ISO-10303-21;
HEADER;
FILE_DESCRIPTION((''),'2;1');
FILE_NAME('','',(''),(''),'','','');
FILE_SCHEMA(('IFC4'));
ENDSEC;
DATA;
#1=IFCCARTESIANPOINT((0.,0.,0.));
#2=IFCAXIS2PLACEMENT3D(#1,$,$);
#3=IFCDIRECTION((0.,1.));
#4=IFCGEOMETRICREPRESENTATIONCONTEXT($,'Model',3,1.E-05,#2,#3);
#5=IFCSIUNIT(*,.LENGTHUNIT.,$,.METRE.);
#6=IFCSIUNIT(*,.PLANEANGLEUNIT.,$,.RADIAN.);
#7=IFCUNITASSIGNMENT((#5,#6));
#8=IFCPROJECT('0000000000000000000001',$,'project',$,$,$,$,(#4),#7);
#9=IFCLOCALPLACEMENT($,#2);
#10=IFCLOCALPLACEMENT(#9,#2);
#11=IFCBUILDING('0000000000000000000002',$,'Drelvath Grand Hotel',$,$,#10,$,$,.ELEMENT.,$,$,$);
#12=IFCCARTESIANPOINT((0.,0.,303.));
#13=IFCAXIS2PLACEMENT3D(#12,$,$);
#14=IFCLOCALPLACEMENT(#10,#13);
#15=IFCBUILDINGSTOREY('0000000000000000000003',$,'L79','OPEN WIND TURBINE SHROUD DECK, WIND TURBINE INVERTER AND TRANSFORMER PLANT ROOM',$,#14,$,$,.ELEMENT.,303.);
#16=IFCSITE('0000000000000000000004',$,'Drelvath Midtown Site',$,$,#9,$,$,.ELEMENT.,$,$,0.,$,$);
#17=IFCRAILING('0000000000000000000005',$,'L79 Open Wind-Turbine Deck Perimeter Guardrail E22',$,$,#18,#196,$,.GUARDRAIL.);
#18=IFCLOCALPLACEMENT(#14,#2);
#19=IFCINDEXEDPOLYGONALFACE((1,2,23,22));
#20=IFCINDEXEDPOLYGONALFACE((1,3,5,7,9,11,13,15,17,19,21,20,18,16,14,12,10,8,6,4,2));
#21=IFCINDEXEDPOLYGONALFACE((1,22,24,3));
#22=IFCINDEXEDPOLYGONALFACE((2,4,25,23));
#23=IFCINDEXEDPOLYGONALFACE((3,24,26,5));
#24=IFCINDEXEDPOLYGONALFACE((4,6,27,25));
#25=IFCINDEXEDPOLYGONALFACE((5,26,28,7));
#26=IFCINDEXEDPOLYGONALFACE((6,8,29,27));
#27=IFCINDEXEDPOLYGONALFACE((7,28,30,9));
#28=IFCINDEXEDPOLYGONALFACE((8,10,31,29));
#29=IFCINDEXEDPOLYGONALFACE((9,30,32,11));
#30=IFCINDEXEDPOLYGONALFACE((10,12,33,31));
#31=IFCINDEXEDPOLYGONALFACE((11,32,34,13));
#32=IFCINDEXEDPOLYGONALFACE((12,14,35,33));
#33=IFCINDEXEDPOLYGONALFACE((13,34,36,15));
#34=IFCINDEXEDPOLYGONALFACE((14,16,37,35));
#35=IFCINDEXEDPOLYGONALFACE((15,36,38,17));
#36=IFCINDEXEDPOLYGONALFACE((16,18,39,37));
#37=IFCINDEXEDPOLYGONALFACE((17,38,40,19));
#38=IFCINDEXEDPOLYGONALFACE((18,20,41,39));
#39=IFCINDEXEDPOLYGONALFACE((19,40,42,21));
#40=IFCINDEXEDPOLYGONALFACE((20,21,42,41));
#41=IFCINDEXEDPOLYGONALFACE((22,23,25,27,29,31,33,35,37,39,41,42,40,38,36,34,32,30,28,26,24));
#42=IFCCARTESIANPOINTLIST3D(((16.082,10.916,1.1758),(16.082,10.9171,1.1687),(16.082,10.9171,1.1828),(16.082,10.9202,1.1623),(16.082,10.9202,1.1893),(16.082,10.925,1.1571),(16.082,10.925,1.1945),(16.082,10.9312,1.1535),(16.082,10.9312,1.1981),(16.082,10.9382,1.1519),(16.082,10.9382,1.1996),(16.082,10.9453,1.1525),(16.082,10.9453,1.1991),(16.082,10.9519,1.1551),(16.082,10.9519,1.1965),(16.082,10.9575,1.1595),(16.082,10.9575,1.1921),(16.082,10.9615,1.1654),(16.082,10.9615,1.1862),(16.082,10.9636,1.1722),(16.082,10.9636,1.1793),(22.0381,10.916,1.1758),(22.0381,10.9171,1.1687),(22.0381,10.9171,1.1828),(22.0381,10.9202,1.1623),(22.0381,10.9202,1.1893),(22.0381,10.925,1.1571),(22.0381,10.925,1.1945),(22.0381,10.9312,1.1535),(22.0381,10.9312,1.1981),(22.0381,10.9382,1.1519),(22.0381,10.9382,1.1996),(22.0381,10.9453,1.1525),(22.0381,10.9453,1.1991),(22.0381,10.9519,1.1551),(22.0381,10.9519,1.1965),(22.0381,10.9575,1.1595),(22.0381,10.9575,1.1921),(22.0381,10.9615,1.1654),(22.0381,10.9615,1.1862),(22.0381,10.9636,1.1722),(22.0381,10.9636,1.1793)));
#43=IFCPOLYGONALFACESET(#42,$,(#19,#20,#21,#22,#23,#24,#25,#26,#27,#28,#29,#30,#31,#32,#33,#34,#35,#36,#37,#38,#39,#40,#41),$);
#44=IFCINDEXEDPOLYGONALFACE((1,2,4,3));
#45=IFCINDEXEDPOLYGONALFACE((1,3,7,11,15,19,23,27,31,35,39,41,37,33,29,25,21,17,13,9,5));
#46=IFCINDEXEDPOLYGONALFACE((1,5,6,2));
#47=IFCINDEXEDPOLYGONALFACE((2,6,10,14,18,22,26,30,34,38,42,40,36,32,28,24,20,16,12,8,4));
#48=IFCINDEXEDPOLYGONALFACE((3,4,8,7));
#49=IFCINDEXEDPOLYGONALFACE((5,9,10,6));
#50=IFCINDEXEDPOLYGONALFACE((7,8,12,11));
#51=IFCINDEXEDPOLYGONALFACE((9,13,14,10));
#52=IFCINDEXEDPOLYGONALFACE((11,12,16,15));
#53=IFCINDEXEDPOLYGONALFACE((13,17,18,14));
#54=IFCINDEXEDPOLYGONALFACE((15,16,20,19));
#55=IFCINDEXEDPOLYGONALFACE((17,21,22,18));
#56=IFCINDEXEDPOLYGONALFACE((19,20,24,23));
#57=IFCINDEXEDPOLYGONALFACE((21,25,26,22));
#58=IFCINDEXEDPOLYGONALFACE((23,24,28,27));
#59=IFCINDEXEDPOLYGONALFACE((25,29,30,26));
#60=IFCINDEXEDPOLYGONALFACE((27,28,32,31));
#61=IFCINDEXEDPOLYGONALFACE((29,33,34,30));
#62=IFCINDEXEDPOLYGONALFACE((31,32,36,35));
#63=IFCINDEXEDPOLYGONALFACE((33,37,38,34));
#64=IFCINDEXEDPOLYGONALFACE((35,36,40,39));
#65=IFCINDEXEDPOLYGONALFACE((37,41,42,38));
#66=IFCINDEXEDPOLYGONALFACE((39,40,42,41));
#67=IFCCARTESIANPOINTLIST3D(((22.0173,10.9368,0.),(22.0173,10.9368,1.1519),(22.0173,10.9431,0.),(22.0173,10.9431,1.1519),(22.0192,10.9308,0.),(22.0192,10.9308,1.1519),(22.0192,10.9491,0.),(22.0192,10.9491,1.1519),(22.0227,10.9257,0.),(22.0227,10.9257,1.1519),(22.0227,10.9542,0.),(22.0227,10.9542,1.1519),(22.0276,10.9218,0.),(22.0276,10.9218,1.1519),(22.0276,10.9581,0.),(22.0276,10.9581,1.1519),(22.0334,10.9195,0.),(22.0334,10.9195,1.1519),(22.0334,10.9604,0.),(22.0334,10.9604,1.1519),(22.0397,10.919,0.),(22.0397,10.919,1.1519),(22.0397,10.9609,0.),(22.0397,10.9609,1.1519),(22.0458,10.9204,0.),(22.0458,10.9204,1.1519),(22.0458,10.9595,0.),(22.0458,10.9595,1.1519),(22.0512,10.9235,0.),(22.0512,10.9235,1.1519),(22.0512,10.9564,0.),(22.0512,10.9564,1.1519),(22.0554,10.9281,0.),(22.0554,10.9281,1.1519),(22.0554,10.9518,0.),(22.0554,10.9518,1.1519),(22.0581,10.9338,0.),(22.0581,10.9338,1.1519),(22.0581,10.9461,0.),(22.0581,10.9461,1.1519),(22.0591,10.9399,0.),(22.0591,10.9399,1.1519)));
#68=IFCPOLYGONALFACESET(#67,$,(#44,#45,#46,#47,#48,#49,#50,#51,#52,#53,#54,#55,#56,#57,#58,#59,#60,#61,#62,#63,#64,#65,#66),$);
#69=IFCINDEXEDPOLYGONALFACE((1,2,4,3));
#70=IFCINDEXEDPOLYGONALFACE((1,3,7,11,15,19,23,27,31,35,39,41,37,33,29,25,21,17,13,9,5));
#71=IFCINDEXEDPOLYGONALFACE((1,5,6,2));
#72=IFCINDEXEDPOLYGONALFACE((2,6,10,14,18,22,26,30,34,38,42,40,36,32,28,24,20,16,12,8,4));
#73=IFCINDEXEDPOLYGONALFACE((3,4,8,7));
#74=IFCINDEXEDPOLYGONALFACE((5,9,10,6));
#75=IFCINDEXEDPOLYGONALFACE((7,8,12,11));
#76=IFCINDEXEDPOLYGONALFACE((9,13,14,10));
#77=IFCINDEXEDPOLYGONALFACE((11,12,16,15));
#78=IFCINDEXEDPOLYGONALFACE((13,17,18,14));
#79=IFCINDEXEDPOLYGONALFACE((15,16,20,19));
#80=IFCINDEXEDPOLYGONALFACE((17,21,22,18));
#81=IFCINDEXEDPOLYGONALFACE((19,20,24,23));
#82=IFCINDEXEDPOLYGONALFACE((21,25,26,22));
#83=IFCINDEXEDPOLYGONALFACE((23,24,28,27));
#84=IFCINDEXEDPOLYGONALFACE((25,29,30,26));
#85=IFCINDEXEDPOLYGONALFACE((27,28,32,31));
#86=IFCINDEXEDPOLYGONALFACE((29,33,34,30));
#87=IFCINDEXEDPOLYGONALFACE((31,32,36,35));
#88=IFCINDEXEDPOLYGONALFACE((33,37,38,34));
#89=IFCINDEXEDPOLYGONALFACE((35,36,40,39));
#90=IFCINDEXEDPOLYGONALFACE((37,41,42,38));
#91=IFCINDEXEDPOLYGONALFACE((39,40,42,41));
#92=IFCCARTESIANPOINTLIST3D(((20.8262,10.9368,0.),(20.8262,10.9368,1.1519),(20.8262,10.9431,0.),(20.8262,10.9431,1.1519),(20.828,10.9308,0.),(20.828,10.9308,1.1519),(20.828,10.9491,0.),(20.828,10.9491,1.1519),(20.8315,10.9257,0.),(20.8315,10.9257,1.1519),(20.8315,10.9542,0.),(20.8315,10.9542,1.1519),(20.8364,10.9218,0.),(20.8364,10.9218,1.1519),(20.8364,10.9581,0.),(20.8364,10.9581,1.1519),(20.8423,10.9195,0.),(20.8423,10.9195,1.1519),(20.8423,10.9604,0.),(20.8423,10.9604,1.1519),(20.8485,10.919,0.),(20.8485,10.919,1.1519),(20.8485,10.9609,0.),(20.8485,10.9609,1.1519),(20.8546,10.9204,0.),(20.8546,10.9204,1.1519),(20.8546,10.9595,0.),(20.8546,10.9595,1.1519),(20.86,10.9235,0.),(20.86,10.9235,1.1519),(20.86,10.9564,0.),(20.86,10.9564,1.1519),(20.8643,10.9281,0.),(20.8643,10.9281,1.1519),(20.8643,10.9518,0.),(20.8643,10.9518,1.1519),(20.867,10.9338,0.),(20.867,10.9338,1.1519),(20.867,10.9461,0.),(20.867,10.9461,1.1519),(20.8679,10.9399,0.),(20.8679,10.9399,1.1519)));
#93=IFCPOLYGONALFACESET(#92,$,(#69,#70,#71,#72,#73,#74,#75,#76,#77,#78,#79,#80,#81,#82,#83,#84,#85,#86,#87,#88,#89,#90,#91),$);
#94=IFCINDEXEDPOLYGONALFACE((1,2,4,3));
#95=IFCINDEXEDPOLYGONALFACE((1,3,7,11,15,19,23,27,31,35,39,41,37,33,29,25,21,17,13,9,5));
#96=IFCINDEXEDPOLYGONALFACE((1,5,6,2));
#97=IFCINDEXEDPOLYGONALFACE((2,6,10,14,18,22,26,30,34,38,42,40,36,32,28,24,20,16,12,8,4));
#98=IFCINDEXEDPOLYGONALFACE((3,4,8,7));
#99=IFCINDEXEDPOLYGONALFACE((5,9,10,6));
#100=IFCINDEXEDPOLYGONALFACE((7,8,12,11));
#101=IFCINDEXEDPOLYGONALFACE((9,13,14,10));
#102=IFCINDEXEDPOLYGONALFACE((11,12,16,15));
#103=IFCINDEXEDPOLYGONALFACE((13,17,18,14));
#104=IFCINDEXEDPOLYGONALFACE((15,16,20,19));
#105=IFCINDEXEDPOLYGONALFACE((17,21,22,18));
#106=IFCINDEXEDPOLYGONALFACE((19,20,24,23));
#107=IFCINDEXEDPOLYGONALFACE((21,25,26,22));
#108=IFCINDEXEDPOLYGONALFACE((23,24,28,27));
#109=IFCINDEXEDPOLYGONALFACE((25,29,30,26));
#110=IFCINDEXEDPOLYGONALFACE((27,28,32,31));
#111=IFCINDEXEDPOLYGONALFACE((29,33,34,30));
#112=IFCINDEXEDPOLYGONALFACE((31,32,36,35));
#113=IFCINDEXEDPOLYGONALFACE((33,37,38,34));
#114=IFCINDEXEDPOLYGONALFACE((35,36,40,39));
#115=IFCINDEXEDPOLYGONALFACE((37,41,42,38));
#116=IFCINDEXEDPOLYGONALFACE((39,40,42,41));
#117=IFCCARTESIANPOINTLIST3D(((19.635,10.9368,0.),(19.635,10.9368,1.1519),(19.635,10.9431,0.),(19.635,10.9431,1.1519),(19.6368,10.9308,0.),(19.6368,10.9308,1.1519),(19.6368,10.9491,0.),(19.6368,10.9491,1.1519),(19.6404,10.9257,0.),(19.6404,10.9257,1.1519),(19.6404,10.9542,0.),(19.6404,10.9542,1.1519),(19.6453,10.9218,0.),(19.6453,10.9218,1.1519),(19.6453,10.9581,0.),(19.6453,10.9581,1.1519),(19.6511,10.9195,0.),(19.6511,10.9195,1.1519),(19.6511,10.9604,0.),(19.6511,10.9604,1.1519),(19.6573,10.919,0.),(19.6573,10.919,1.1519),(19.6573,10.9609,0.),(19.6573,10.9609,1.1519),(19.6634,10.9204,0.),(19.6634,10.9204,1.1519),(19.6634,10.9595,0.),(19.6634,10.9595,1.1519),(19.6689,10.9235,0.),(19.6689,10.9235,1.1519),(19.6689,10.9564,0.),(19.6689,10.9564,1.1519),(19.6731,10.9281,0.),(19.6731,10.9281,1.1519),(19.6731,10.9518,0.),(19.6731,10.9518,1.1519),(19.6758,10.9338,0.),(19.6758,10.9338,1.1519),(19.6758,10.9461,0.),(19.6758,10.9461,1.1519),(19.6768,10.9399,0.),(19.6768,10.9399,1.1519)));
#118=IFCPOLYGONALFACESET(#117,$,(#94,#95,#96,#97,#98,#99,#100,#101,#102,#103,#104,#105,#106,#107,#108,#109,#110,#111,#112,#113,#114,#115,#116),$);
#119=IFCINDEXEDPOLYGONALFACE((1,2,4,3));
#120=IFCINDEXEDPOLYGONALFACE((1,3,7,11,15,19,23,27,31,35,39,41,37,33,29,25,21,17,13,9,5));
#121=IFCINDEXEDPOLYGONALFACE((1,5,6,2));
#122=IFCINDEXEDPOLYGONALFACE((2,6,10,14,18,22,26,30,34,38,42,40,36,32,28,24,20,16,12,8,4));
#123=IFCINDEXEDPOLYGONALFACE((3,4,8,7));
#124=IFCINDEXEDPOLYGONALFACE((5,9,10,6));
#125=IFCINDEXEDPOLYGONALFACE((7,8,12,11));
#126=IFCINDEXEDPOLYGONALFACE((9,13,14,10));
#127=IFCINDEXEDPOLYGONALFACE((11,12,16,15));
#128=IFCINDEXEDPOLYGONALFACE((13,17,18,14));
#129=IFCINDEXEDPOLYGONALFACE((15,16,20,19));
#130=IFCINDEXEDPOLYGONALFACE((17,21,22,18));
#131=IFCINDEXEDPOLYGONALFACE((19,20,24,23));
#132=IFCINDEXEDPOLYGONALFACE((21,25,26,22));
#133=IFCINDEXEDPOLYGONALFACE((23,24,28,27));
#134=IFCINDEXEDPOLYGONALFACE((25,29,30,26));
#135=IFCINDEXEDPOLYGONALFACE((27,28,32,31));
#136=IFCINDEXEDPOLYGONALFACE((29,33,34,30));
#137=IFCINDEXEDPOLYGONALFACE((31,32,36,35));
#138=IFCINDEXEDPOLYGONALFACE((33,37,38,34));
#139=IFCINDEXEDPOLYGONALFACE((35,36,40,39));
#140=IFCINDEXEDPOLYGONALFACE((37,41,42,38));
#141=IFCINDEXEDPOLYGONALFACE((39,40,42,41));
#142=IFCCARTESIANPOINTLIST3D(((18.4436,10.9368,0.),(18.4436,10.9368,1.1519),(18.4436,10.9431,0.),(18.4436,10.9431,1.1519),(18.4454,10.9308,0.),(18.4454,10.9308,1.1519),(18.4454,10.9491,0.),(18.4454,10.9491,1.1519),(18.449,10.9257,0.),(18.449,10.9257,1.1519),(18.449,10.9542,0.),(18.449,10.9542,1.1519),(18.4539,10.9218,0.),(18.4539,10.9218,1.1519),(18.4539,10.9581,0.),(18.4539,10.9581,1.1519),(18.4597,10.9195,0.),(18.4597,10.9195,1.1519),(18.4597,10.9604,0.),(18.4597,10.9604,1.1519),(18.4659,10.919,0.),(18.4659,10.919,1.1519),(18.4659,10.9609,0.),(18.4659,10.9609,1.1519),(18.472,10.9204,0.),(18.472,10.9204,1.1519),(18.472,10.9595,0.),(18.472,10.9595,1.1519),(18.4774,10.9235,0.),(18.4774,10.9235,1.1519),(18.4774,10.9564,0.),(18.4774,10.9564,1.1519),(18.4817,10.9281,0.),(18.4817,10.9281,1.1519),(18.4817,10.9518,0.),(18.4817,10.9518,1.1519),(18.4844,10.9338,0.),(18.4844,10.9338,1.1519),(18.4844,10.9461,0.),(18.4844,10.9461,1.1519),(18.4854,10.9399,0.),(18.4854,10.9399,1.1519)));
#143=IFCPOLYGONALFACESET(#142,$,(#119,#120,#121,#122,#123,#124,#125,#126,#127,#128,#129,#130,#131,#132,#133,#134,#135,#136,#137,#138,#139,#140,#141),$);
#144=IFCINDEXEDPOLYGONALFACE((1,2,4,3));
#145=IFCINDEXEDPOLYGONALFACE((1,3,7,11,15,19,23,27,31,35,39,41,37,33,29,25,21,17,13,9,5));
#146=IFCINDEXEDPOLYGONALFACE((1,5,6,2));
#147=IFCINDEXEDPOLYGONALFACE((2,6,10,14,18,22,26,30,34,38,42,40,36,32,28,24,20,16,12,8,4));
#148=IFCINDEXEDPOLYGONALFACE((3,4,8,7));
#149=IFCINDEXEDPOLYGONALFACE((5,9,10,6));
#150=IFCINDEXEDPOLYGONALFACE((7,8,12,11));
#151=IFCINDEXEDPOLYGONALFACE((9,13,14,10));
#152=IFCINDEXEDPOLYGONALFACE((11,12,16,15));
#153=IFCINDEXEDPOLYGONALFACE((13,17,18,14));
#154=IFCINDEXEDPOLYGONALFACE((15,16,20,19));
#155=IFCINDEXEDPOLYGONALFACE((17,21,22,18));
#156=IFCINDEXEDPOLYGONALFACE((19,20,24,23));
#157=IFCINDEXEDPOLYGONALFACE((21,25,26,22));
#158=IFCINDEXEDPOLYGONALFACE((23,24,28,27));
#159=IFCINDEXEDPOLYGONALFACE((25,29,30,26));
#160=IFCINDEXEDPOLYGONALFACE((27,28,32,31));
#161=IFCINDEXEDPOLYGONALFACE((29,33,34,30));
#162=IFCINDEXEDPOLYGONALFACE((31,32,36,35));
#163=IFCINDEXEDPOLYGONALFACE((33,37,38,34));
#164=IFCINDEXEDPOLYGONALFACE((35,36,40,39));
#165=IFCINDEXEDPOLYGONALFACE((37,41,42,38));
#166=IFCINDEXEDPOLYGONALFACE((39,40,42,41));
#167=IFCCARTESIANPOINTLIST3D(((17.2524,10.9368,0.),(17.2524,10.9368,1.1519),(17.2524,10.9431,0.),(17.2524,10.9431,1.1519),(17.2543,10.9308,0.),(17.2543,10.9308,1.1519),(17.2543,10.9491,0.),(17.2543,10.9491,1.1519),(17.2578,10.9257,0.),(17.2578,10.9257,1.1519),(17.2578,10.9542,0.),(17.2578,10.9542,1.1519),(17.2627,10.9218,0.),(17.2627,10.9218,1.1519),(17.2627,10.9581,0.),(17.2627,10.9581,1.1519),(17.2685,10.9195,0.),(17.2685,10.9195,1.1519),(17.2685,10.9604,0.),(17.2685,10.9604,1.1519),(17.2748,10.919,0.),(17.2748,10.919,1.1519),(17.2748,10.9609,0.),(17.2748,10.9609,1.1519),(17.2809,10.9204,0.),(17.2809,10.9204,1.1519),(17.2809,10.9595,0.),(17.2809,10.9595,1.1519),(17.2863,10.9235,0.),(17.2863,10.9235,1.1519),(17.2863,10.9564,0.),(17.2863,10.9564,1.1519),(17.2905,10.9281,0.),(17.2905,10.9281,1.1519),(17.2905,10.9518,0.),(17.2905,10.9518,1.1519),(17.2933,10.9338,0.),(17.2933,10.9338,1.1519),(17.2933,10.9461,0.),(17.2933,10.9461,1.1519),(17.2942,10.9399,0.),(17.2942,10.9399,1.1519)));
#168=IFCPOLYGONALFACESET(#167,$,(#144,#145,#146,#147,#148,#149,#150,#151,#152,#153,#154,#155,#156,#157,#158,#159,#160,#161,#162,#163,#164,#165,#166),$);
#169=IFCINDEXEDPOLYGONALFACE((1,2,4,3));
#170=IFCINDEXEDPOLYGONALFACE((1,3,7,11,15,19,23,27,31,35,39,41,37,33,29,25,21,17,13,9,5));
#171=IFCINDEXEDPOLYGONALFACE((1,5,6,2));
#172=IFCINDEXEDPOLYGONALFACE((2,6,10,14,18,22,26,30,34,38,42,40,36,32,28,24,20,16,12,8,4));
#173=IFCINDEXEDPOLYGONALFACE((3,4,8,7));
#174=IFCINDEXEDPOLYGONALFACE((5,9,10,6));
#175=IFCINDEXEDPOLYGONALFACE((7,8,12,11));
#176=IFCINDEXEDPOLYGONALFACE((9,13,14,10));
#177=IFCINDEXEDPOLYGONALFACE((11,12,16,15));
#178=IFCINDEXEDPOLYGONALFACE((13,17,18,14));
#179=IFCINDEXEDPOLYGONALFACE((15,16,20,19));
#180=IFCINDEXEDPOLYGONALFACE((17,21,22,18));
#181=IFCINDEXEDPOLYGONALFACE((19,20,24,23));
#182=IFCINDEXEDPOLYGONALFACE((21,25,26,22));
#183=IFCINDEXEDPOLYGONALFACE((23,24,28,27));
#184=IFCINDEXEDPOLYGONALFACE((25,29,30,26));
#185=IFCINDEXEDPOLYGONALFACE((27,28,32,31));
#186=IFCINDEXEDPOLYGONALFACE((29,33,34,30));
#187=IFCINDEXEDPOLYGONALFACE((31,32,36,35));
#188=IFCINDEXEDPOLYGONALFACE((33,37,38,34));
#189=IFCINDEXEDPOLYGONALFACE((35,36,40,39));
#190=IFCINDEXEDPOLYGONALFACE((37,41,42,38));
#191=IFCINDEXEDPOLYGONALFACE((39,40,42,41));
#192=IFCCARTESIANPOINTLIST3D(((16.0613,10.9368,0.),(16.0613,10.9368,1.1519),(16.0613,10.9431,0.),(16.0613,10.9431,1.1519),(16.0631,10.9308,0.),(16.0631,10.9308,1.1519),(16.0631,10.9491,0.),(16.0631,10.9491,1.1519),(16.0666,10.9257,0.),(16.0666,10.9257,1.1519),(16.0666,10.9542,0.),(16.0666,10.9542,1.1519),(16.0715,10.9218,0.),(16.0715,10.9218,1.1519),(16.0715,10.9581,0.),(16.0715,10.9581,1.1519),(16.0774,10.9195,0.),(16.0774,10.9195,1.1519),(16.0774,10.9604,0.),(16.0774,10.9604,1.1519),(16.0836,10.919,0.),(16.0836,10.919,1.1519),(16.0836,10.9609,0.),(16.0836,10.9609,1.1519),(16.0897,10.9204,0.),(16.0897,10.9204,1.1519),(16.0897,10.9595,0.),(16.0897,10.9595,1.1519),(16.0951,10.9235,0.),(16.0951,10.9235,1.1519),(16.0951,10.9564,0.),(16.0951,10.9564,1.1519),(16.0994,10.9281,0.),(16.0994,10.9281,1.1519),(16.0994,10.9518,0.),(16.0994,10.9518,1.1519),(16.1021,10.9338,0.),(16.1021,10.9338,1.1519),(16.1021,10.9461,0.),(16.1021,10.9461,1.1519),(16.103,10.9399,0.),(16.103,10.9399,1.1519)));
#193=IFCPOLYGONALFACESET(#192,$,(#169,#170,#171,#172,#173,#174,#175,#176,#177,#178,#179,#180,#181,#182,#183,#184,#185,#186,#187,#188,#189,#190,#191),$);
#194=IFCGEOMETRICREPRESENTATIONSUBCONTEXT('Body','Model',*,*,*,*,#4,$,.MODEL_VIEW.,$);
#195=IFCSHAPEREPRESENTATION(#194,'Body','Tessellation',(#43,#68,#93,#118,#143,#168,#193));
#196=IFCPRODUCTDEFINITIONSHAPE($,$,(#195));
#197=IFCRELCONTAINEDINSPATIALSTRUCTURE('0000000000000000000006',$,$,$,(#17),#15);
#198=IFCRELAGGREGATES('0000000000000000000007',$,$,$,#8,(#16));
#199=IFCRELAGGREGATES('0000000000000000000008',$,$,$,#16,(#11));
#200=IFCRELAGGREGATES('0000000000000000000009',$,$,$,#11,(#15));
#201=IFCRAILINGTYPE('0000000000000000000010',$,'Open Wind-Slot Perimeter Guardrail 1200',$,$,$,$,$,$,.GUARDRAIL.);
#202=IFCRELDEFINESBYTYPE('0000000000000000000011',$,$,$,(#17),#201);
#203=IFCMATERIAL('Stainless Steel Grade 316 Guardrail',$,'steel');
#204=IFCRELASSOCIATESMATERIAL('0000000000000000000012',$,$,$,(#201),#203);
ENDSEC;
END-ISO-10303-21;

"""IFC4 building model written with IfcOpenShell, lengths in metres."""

from ifc_helpers import new_model, si_unit, direction, frame, origin, origin_2d, place, context, subcontext, project, spatial, circle, extrude, material, type_object, element, save


model = new_model("IFC4")

# Units and contexts
model_context = context("Model", 3, precision=1e-05, world=origin(), true_north=direction((0.0, 1.0)))
body_context = subcontext(model_context, "Body", "Model", "MODEL_VIEW")
ifc_project = project(units=[si_unit("LENGTHUNIT", "METRE"), si_unit("PLANEANGLEUNIT", "RADIAN")], contexts=[model_context])

# Site, building, storey
site_placement = place(None, origin())
site = spatial("IfcSite", under=ifc_project, at=site_placement, Name="Drelvath Midtown Site", CompositionType="ELEMENT", RefElevation=0.0)
building_placement = place(site_placement, origin())
building = spatial("IfcBuilding", under=site, at=building_placement, Name="Drelvath Grand Hotel", CompositionType="ELEMENT")
storey_placement = place(building_placement, frame((0.0, 0.0, 303.0)))
storey = spatial("IfcBuildingStorey", under=building, at=storey_placement, Name="L79", Description="OPEN WIND TURBINE SHROUD DECK, WIND TURBINE INVERTER AND TRANSFORMER PLANT ROOM", CompositionType="ELEMENT", Elevation=303.0)

# Railing
ifc_material_1 = material(Name="Stainless Steel Grade 316 Guardrail", Category="steel")
railing_type = type_object("IfcRailingType", Name="Open Wind-Slot Perimeter Guardrail 1200", PredefinedType="GUARDRAIL", material=ifc_material_1)
railing_1_placement = place(storey_placement, frame((22.0381, 10.9399, 0.0)))
element("IfcRailing", 1, at=railing_1_placement, inside=storey, type_object=railing_type, Name="L79 Open Wind-Turbine Deck Perimeter Guardrail E22", PredefinedType="GUARDRAIL", context=body_context, shape_type="SweptSolid", body=[
    extrude(circle(Radius=0.0239, at=origin_2d()), frame((0.0, 0.0, 1.1758), z_axis=(-1.0, 0.0, 0.0), x_axis=(0.0, -1.0, 0.0)), (0.0, 0.0, 1.0), 5.9561),
    extrude(circle(Radius=0.021, at=origin_2d()), origin(), (0.0, 0.0, 1.0), 1.1519),
    extrude(circle(Radius=0.021, at=origin_2d()), frame((-1.1912, 0.0, 0.0)), (0.0, 0.0, 1.0), 1.1519),
    extrude(circle(Radius=0.021, at=origin_2d()), frame((-2.3823, 0.0, 0.0)), (0.0, 0.0, 1.0), 1.1519),
    extrude(circle(Radius=0.021, at=origin_2d()), frame((-3.5737, 0.0, 0.0)), (0.0, 0.0, 1.0), 1.1519),
    extrude(circle(Radius=0.021, at=origin_2d()), frame((-4.7649, 0.0, 0.0)), (0.0, 0.0, 1.0), 1.1519),
    extrude(circle(Radius=0.021, at=origin_2d()), frame((-5.9561, 0.0, 0.0)), (0.0, 0.0, 1.0), 1.1519),
])

save(model, "model.ifc")
